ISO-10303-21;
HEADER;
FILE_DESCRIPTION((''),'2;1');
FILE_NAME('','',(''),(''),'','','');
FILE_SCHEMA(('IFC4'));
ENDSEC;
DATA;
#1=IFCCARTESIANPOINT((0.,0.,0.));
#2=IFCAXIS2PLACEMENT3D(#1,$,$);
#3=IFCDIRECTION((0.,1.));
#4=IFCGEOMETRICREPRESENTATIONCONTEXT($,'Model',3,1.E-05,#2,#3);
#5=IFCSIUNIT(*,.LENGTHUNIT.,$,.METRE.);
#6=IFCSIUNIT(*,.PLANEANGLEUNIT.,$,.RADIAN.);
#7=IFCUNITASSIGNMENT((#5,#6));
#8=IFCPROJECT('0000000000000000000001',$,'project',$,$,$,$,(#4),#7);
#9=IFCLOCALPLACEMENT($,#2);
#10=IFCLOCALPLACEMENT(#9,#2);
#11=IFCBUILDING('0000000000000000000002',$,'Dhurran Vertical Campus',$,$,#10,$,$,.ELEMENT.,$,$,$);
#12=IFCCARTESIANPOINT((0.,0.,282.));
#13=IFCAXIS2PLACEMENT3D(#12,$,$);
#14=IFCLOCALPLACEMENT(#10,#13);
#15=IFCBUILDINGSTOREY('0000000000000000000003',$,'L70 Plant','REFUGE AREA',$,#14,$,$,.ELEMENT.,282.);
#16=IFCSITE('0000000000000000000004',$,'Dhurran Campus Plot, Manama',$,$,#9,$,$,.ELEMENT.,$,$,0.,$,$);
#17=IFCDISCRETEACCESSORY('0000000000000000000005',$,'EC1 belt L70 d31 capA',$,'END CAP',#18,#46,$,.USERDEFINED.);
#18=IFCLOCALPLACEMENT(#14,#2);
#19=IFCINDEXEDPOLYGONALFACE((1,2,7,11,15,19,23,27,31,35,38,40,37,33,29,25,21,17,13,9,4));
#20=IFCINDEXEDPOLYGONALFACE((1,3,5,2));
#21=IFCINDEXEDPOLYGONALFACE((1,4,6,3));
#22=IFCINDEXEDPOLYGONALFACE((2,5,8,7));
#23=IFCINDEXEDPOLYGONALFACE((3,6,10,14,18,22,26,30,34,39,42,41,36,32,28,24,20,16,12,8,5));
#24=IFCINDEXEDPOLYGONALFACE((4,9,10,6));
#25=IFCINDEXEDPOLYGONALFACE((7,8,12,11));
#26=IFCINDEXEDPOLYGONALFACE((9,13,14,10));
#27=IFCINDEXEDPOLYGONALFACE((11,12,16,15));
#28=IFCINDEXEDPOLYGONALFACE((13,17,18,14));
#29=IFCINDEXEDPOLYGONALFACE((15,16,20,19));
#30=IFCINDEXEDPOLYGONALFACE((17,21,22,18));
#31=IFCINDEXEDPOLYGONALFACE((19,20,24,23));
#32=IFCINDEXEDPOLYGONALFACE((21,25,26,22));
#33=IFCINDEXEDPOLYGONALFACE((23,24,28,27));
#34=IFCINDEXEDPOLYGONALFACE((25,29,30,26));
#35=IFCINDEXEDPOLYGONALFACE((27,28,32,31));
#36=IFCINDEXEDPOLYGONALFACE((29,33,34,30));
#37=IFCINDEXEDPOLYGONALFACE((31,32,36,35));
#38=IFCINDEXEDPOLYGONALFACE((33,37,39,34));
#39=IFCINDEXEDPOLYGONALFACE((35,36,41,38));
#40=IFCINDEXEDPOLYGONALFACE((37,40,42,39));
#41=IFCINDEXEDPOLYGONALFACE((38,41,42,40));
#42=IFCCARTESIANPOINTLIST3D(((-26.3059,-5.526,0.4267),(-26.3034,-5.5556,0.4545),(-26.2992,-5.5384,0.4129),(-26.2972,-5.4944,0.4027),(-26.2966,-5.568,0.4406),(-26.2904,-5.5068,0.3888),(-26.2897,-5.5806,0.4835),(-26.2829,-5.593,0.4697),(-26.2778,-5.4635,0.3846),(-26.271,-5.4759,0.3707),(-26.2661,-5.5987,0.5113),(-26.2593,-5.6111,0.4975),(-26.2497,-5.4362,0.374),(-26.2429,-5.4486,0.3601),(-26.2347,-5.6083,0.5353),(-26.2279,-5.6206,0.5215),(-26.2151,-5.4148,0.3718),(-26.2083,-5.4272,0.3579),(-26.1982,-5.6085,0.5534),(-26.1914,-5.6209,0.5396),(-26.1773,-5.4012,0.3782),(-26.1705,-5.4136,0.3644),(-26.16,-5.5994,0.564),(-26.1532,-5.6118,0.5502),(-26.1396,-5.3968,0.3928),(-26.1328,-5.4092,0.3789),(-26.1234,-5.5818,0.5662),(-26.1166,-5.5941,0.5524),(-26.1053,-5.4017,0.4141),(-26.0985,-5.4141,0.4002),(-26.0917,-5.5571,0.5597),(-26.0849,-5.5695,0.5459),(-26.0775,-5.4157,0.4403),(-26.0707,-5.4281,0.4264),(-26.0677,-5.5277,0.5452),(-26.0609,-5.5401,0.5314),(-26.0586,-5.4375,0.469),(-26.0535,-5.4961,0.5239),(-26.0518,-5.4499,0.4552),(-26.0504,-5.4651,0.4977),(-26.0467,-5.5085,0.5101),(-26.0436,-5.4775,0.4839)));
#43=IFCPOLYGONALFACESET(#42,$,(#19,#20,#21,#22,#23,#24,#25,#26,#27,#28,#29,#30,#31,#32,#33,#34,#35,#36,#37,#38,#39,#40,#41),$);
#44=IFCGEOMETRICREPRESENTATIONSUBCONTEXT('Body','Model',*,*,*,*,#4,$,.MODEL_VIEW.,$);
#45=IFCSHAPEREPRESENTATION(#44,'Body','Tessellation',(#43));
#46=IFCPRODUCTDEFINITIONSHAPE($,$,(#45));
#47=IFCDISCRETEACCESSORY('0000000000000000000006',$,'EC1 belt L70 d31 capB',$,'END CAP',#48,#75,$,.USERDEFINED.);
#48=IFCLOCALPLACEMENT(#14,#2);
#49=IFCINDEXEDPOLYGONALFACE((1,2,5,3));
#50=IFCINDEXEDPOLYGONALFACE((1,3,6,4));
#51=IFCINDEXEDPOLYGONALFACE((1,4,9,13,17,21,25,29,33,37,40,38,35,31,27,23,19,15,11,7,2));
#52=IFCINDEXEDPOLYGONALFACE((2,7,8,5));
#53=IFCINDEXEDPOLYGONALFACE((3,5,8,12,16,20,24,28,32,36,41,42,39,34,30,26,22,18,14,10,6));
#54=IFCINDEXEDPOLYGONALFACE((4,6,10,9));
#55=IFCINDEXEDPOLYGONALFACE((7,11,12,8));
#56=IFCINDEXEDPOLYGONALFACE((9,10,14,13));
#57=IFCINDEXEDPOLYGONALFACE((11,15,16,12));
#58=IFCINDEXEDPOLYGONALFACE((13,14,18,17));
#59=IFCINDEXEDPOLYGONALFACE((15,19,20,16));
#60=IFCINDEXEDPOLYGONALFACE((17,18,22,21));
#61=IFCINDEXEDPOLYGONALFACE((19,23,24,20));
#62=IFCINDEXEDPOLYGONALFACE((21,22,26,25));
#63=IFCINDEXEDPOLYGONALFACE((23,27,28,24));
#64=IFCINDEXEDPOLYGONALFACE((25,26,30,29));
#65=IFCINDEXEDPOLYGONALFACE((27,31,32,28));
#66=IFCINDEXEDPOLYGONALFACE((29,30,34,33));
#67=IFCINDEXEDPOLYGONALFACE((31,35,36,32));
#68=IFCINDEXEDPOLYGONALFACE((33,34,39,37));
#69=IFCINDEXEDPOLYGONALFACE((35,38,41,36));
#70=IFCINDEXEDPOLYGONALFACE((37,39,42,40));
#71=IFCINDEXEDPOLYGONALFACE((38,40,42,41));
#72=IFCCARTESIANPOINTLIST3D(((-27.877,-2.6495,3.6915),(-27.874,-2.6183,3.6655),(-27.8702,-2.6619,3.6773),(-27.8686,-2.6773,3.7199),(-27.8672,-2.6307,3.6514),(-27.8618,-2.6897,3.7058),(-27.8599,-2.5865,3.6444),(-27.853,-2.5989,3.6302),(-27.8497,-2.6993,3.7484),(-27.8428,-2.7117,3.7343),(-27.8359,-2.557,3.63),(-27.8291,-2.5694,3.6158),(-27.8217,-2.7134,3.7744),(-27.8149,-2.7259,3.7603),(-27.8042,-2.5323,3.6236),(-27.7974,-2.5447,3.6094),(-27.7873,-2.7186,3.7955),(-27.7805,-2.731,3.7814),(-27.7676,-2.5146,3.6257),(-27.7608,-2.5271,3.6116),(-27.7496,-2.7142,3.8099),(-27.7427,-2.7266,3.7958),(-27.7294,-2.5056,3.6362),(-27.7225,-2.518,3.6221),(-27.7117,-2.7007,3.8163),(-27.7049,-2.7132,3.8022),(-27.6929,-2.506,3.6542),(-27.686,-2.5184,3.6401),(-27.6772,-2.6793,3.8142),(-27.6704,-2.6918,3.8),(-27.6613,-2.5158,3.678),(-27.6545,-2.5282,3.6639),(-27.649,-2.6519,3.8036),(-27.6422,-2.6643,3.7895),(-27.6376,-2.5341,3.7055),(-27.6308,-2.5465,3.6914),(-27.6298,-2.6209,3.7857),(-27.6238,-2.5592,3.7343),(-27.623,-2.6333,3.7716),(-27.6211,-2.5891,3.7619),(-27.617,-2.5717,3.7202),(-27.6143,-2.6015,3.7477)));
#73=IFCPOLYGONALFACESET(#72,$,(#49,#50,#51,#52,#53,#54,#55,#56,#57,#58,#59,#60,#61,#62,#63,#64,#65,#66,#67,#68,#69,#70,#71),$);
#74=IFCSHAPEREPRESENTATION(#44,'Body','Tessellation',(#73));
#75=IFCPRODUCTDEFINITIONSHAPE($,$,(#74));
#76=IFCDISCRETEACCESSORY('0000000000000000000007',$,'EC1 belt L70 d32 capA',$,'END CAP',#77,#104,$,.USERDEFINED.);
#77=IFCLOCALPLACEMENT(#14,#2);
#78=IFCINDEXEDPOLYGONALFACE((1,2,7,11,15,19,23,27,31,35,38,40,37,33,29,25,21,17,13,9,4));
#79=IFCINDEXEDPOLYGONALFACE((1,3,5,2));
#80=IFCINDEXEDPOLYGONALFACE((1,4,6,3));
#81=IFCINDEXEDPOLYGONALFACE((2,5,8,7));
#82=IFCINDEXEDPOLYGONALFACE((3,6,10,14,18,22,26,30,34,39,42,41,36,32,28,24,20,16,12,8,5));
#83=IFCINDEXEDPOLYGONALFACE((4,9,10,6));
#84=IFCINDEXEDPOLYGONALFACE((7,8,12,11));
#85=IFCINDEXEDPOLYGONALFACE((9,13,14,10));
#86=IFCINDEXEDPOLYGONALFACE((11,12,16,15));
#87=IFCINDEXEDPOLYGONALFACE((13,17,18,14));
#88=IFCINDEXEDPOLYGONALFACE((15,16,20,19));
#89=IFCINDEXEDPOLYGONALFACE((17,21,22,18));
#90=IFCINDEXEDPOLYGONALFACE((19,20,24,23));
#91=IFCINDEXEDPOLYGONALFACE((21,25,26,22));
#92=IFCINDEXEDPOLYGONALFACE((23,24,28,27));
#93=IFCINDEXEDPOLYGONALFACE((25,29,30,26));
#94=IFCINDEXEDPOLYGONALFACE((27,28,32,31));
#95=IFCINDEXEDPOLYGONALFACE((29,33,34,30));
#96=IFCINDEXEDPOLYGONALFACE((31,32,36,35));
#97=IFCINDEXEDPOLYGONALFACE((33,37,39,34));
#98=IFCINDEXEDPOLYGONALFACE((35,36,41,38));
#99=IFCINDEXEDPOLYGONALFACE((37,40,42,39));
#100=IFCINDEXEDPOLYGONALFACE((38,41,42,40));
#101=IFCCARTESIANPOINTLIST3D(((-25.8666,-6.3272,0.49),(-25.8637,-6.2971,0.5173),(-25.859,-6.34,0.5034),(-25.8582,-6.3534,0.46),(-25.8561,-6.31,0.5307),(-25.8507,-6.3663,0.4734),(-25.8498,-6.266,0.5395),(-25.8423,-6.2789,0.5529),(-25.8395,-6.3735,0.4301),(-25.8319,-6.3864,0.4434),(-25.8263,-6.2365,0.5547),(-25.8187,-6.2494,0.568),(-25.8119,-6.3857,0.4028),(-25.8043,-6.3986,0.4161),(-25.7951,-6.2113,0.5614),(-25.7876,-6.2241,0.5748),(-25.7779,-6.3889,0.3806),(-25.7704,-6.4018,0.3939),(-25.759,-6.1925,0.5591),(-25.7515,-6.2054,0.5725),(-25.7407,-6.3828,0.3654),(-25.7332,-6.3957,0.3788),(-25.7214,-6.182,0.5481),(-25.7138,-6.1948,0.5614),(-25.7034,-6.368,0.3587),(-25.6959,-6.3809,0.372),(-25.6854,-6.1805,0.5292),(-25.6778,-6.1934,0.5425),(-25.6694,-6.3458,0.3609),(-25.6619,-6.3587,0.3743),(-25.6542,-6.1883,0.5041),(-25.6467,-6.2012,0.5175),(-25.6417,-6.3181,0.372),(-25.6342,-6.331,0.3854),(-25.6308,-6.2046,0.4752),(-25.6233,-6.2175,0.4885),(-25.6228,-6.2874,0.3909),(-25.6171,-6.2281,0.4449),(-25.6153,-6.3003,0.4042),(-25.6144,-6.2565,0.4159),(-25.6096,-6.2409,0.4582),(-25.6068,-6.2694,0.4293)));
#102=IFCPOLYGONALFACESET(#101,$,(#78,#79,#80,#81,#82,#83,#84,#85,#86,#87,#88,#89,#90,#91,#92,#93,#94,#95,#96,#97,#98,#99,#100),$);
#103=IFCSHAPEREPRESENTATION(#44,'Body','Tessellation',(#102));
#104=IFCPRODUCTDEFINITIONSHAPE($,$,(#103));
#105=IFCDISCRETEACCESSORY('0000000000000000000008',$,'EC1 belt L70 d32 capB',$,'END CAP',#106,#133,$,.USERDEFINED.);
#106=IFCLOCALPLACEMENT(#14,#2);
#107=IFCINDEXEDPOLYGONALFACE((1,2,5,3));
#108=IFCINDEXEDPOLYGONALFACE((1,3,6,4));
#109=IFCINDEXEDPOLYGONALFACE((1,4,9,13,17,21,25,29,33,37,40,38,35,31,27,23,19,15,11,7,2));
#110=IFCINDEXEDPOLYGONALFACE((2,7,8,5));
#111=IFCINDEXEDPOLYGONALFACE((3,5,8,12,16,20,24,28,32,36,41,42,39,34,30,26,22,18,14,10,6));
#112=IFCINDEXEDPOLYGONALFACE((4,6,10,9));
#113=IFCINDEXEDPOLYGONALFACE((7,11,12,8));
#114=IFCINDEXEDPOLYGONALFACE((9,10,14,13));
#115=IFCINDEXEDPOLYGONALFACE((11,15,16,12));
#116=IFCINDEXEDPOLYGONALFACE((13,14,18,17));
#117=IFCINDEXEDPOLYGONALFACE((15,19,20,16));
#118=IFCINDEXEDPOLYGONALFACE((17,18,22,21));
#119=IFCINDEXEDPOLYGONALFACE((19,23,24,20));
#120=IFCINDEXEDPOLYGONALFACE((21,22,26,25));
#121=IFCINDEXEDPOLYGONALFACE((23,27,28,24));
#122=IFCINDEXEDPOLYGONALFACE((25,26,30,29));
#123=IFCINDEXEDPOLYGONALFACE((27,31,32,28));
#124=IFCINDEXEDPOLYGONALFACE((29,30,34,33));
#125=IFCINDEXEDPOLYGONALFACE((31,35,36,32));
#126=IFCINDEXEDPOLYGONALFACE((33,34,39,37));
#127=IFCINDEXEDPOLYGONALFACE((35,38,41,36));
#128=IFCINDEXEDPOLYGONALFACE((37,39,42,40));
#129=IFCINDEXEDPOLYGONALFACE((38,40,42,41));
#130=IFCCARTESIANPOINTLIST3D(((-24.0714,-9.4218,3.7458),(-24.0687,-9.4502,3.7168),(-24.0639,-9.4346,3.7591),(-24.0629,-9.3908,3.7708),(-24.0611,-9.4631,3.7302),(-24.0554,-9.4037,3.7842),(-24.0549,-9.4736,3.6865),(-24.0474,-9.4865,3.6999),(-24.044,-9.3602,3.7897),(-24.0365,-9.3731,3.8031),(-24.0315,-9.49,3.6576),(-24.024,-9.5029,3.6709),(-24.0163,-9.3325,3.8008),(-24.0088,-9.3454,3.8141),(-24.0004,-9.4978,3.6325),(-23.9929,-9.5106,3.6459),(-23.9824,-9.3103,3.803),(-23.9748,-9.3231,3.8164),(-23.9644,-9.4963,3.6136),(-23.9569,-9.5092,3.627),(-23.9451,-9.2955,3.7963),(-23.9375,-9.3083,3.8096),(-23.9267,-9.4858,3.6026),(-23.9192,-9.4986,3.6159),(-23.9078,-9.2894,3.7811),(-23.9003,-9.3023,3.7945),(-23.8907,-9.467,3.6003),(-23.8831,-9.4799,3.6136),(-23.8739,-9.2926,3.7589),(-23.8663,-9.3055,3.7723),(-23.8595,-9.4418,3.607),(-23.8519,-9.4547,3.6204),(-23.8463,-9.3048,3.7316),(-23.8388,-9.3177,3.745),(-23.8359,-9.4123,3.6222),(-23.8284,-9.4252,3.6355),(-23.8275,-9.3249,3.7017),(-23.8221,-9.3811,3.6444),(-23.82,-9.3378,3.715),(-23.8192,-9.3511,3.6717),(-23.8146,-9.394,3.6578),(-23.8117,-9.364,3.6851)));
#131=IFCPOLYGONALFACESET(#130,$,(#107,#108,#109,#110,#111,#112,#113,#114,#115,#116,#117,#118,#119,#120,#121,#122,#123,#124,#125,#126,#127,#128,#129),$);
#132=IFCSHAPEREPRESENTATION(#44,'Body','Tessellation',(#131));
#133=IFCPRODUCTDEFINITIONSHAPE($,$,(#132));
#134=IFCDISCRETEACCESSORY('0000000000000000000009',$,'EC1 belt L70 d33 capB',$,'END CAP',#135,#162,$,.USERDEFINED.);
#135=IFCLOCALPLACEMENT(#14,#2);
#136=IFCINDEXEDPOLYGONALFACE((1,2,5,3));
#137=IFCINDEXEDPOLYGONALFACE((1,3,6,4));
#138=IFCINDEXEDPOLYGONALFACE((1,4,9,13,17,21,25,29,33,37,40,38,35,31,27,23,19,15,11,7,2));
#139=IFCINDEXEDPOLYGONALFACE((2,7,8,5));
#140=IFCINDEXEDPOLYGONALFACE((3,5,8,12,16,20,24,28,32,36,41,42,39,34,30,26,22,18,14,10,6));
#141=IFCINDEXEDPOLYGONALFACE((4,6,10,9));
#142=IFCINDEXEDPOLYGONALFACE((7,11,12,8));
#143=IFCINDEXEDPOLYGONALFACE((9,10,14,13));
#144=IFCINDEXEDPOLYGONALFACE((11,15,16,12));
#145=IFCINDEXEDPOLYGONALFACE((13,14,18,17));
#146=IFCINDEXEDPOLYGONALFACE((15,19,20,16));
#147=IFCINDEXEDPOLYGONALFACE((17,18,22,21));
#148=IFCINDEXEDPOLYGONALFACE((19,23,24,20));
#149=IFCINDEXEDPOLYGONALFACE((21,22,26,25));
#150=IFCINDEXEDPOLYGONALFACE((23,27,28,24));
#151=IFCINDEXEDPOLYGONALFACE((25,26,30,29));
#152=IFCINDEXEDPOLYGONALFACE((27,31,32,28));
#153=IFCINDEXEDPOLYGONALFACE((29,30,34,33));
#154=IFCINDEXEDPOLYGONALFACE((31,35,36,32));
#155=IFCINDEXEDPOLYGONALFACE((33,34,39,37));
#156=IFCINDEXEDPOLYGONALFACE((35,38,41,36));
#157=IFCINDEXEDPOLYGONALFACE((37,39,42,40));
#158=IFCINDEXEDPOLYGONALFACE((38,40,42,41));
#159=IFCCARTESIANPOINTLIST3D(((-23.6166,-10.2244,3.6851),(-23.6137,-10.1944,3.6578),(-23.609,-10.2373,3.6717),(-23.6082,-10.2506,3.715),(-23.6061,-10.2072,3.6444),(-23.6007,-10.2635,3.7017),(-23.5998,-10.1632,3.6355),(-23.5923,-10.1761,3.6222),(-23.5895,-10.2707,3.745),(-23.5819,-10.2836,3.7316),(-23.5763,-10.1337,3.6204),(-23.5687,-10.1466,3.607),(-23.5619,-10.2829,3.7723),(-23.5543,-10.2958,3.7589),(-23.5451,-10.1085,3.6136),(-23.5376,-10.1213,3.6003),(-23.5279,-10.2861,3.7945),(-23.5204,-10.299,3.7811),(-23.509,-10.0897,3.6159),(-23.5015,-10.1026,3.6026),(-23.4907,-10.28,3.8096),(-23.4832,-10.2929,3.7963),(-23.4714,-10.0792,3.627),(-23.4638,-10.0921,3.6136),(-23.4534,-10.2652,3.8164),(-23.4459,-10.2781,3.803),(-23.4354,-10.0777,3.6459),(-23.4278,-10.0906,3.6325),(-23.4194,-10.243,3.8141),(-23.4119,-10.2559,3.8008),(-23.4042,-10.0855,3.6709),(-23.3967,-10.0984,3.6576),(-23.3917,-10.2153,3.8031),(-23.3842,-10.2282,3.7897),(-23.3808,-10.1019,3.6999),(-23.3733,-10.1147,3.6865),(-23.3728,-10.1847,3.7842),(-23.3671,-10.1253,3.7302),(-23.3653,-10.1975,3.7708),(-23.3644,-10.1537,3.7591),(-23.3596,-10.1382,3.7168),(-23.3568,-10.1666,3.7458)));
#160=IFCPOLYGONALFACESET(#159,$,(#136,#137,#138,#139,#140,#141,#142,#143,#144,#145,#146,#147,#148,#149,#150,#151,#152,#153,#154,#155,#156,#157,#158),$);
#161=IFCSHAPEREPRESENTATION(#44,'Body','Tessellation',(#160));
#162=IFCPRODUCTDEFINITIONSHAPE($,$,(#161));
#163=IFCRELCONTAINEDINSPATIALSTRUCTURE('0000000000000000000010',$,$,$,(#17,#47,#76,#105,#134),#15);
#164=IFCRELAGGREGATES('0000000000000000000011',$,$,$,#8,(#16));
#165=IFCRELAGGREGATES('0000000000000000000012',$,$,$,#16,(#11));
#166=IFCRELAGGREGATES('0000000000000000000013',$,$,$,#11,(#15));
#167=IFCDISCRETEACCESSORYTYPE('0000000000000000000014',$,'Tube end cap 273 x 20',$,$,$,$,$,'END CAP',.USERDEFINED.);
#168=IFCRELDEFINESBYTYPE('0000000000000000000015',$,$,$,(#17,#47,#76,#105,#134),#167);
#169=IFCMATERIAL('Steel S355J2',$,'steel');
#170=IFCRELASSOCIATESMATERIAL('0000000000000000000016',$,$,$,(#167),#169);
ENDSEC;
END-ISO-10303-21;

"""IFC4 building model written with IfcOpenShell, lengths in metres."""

from ifc_helpers import new_model, si_unit, direction, frame, origin, origin_2d, place, context, subcontext, project, spatial, circle, extrude, material, material_profile, profile_set, type_object, element, save


model = new_model("IFC4")

# Units and contexts
model_context = context("Model", 3, precision=1e-05, world=origin(), true_north=direction((0.0, 1.0)))
body_context = subcontext(model_context, "Body", "Model", "MODEL_VIEW")
ifc_project = project(units=[si_unit("LENGTHUNIT", "METRE"), si_unit("PLANEANGLEUNIT", "RADIAN")], contexts=[model_context])

# Site, building, storey
site_placement = place(None, origin())
site = spatial("IfcSite", under=ifc_project, at=site_placement, Name="Dhurran Campus Plot, Manama", CompositionType="ELEMENT", RefElevation=0.0)
building_placement = place(site_placement, origin())
building = spatial("IfcBuilding", under=site, at=building_placement, Name="Dhurran Vertical Campus", CompositionType="ELEMENT")
storey_placement = place(building_placement, frame((0.0, 0.0, 282.0)))
storey = spatial("IfcBuildingStorey", under=building, at=storey_placement, Name="L70 Plant", Description="REFUGE AREA", CompositionType="ELEMENT", Elevation=282.0)

# Discrete accessories
ifc_material_1 = material(Name="Steel S355J2", Category="steel")
ifc_material_profile_1 = material_profile(ifc_material_1, circle(Radius=0.1365, at=origin_2d()), Name="Tube end cap 273 x 20")
ifc_profile_set_1 = profile_set([ifc_material_profile_1], Name="Steel S355J2")
discrete_accessory_type = type_object("IfcDiscreteAccessoryType", Name="Tube end cap 273 x 20", ElementType="END CAP", PredefinedType="USERDEFINED", material=ifc_profile_set_1)
for number, where, z_axis, x_axis, name in (
    (1, (-26.1782, -5.5032, 0.469), (0.343772, -0.626156, -0.699821), (0.876579, 0.481259, 0.0), "EC1 belt L70 d31 capA"),
):
    element("IfcDiscreteAccessory", number, at=place(storey_placement, frame(where, z_axis=z_axis, x_axis=x_axis)), inside=storey, type_object=discrete_accessory_type, Name=name, ObjectType="END CAP", PredefinedType="USERDEFINED", context=body_context, shape_type="SweptSolid", body=[
        extrude(circle(Radius=0.1365, at=origin_2d()), origin(), (0.0, 0.0, 1.0), 0.0198),
    ])
for number, where, z_axis, x_axis, name in (
    (2, (-27.7422, -2.624, 3.7058), (-0.34083, 0.620798, 0.706006), (-0.876579, -0.481259, 0.0), "EC1 belt L70 d31 capB"),
    (3, (-25.7329, -6.2974, 0.4734), (-0.376069, 0.642956, -0.667218), (-0.863188, -0.504883, 0.0), "EC1 belt L70 d32 capA"),
    (4, (-23.9453, -9.3938, 3.7017), (0.376069, -0.642956, 0.667218), (0.863188, 0.504883, 0.0), "EC1 belt L70 d32 capB"),
    (5, (-23.4829, -10.1946, 3.7017), (-0.376069, 0.642956, 0.667218), (-0.863188, -0.504883, 0.0), "EC1 belt L70 d33 capB"),
):
    element("IfcDiscreteAccessory", number, at=place(storey_placement, frame(where, z_axis=z_axis, x_axis=x_axis)), inside=storey, type_object=discrete_accessory_type, Name=name, ObjectType="END CAP", PredefinedType="USERDEFINED", context=body_context, shape_type="SweptSolid", body=[
        extrude(circle(Radius=0.1365, at=origin_2d()), origin(), (0.0, 0.0, 1.0), 0.02),
    ])

save(model, "model.ifc")
